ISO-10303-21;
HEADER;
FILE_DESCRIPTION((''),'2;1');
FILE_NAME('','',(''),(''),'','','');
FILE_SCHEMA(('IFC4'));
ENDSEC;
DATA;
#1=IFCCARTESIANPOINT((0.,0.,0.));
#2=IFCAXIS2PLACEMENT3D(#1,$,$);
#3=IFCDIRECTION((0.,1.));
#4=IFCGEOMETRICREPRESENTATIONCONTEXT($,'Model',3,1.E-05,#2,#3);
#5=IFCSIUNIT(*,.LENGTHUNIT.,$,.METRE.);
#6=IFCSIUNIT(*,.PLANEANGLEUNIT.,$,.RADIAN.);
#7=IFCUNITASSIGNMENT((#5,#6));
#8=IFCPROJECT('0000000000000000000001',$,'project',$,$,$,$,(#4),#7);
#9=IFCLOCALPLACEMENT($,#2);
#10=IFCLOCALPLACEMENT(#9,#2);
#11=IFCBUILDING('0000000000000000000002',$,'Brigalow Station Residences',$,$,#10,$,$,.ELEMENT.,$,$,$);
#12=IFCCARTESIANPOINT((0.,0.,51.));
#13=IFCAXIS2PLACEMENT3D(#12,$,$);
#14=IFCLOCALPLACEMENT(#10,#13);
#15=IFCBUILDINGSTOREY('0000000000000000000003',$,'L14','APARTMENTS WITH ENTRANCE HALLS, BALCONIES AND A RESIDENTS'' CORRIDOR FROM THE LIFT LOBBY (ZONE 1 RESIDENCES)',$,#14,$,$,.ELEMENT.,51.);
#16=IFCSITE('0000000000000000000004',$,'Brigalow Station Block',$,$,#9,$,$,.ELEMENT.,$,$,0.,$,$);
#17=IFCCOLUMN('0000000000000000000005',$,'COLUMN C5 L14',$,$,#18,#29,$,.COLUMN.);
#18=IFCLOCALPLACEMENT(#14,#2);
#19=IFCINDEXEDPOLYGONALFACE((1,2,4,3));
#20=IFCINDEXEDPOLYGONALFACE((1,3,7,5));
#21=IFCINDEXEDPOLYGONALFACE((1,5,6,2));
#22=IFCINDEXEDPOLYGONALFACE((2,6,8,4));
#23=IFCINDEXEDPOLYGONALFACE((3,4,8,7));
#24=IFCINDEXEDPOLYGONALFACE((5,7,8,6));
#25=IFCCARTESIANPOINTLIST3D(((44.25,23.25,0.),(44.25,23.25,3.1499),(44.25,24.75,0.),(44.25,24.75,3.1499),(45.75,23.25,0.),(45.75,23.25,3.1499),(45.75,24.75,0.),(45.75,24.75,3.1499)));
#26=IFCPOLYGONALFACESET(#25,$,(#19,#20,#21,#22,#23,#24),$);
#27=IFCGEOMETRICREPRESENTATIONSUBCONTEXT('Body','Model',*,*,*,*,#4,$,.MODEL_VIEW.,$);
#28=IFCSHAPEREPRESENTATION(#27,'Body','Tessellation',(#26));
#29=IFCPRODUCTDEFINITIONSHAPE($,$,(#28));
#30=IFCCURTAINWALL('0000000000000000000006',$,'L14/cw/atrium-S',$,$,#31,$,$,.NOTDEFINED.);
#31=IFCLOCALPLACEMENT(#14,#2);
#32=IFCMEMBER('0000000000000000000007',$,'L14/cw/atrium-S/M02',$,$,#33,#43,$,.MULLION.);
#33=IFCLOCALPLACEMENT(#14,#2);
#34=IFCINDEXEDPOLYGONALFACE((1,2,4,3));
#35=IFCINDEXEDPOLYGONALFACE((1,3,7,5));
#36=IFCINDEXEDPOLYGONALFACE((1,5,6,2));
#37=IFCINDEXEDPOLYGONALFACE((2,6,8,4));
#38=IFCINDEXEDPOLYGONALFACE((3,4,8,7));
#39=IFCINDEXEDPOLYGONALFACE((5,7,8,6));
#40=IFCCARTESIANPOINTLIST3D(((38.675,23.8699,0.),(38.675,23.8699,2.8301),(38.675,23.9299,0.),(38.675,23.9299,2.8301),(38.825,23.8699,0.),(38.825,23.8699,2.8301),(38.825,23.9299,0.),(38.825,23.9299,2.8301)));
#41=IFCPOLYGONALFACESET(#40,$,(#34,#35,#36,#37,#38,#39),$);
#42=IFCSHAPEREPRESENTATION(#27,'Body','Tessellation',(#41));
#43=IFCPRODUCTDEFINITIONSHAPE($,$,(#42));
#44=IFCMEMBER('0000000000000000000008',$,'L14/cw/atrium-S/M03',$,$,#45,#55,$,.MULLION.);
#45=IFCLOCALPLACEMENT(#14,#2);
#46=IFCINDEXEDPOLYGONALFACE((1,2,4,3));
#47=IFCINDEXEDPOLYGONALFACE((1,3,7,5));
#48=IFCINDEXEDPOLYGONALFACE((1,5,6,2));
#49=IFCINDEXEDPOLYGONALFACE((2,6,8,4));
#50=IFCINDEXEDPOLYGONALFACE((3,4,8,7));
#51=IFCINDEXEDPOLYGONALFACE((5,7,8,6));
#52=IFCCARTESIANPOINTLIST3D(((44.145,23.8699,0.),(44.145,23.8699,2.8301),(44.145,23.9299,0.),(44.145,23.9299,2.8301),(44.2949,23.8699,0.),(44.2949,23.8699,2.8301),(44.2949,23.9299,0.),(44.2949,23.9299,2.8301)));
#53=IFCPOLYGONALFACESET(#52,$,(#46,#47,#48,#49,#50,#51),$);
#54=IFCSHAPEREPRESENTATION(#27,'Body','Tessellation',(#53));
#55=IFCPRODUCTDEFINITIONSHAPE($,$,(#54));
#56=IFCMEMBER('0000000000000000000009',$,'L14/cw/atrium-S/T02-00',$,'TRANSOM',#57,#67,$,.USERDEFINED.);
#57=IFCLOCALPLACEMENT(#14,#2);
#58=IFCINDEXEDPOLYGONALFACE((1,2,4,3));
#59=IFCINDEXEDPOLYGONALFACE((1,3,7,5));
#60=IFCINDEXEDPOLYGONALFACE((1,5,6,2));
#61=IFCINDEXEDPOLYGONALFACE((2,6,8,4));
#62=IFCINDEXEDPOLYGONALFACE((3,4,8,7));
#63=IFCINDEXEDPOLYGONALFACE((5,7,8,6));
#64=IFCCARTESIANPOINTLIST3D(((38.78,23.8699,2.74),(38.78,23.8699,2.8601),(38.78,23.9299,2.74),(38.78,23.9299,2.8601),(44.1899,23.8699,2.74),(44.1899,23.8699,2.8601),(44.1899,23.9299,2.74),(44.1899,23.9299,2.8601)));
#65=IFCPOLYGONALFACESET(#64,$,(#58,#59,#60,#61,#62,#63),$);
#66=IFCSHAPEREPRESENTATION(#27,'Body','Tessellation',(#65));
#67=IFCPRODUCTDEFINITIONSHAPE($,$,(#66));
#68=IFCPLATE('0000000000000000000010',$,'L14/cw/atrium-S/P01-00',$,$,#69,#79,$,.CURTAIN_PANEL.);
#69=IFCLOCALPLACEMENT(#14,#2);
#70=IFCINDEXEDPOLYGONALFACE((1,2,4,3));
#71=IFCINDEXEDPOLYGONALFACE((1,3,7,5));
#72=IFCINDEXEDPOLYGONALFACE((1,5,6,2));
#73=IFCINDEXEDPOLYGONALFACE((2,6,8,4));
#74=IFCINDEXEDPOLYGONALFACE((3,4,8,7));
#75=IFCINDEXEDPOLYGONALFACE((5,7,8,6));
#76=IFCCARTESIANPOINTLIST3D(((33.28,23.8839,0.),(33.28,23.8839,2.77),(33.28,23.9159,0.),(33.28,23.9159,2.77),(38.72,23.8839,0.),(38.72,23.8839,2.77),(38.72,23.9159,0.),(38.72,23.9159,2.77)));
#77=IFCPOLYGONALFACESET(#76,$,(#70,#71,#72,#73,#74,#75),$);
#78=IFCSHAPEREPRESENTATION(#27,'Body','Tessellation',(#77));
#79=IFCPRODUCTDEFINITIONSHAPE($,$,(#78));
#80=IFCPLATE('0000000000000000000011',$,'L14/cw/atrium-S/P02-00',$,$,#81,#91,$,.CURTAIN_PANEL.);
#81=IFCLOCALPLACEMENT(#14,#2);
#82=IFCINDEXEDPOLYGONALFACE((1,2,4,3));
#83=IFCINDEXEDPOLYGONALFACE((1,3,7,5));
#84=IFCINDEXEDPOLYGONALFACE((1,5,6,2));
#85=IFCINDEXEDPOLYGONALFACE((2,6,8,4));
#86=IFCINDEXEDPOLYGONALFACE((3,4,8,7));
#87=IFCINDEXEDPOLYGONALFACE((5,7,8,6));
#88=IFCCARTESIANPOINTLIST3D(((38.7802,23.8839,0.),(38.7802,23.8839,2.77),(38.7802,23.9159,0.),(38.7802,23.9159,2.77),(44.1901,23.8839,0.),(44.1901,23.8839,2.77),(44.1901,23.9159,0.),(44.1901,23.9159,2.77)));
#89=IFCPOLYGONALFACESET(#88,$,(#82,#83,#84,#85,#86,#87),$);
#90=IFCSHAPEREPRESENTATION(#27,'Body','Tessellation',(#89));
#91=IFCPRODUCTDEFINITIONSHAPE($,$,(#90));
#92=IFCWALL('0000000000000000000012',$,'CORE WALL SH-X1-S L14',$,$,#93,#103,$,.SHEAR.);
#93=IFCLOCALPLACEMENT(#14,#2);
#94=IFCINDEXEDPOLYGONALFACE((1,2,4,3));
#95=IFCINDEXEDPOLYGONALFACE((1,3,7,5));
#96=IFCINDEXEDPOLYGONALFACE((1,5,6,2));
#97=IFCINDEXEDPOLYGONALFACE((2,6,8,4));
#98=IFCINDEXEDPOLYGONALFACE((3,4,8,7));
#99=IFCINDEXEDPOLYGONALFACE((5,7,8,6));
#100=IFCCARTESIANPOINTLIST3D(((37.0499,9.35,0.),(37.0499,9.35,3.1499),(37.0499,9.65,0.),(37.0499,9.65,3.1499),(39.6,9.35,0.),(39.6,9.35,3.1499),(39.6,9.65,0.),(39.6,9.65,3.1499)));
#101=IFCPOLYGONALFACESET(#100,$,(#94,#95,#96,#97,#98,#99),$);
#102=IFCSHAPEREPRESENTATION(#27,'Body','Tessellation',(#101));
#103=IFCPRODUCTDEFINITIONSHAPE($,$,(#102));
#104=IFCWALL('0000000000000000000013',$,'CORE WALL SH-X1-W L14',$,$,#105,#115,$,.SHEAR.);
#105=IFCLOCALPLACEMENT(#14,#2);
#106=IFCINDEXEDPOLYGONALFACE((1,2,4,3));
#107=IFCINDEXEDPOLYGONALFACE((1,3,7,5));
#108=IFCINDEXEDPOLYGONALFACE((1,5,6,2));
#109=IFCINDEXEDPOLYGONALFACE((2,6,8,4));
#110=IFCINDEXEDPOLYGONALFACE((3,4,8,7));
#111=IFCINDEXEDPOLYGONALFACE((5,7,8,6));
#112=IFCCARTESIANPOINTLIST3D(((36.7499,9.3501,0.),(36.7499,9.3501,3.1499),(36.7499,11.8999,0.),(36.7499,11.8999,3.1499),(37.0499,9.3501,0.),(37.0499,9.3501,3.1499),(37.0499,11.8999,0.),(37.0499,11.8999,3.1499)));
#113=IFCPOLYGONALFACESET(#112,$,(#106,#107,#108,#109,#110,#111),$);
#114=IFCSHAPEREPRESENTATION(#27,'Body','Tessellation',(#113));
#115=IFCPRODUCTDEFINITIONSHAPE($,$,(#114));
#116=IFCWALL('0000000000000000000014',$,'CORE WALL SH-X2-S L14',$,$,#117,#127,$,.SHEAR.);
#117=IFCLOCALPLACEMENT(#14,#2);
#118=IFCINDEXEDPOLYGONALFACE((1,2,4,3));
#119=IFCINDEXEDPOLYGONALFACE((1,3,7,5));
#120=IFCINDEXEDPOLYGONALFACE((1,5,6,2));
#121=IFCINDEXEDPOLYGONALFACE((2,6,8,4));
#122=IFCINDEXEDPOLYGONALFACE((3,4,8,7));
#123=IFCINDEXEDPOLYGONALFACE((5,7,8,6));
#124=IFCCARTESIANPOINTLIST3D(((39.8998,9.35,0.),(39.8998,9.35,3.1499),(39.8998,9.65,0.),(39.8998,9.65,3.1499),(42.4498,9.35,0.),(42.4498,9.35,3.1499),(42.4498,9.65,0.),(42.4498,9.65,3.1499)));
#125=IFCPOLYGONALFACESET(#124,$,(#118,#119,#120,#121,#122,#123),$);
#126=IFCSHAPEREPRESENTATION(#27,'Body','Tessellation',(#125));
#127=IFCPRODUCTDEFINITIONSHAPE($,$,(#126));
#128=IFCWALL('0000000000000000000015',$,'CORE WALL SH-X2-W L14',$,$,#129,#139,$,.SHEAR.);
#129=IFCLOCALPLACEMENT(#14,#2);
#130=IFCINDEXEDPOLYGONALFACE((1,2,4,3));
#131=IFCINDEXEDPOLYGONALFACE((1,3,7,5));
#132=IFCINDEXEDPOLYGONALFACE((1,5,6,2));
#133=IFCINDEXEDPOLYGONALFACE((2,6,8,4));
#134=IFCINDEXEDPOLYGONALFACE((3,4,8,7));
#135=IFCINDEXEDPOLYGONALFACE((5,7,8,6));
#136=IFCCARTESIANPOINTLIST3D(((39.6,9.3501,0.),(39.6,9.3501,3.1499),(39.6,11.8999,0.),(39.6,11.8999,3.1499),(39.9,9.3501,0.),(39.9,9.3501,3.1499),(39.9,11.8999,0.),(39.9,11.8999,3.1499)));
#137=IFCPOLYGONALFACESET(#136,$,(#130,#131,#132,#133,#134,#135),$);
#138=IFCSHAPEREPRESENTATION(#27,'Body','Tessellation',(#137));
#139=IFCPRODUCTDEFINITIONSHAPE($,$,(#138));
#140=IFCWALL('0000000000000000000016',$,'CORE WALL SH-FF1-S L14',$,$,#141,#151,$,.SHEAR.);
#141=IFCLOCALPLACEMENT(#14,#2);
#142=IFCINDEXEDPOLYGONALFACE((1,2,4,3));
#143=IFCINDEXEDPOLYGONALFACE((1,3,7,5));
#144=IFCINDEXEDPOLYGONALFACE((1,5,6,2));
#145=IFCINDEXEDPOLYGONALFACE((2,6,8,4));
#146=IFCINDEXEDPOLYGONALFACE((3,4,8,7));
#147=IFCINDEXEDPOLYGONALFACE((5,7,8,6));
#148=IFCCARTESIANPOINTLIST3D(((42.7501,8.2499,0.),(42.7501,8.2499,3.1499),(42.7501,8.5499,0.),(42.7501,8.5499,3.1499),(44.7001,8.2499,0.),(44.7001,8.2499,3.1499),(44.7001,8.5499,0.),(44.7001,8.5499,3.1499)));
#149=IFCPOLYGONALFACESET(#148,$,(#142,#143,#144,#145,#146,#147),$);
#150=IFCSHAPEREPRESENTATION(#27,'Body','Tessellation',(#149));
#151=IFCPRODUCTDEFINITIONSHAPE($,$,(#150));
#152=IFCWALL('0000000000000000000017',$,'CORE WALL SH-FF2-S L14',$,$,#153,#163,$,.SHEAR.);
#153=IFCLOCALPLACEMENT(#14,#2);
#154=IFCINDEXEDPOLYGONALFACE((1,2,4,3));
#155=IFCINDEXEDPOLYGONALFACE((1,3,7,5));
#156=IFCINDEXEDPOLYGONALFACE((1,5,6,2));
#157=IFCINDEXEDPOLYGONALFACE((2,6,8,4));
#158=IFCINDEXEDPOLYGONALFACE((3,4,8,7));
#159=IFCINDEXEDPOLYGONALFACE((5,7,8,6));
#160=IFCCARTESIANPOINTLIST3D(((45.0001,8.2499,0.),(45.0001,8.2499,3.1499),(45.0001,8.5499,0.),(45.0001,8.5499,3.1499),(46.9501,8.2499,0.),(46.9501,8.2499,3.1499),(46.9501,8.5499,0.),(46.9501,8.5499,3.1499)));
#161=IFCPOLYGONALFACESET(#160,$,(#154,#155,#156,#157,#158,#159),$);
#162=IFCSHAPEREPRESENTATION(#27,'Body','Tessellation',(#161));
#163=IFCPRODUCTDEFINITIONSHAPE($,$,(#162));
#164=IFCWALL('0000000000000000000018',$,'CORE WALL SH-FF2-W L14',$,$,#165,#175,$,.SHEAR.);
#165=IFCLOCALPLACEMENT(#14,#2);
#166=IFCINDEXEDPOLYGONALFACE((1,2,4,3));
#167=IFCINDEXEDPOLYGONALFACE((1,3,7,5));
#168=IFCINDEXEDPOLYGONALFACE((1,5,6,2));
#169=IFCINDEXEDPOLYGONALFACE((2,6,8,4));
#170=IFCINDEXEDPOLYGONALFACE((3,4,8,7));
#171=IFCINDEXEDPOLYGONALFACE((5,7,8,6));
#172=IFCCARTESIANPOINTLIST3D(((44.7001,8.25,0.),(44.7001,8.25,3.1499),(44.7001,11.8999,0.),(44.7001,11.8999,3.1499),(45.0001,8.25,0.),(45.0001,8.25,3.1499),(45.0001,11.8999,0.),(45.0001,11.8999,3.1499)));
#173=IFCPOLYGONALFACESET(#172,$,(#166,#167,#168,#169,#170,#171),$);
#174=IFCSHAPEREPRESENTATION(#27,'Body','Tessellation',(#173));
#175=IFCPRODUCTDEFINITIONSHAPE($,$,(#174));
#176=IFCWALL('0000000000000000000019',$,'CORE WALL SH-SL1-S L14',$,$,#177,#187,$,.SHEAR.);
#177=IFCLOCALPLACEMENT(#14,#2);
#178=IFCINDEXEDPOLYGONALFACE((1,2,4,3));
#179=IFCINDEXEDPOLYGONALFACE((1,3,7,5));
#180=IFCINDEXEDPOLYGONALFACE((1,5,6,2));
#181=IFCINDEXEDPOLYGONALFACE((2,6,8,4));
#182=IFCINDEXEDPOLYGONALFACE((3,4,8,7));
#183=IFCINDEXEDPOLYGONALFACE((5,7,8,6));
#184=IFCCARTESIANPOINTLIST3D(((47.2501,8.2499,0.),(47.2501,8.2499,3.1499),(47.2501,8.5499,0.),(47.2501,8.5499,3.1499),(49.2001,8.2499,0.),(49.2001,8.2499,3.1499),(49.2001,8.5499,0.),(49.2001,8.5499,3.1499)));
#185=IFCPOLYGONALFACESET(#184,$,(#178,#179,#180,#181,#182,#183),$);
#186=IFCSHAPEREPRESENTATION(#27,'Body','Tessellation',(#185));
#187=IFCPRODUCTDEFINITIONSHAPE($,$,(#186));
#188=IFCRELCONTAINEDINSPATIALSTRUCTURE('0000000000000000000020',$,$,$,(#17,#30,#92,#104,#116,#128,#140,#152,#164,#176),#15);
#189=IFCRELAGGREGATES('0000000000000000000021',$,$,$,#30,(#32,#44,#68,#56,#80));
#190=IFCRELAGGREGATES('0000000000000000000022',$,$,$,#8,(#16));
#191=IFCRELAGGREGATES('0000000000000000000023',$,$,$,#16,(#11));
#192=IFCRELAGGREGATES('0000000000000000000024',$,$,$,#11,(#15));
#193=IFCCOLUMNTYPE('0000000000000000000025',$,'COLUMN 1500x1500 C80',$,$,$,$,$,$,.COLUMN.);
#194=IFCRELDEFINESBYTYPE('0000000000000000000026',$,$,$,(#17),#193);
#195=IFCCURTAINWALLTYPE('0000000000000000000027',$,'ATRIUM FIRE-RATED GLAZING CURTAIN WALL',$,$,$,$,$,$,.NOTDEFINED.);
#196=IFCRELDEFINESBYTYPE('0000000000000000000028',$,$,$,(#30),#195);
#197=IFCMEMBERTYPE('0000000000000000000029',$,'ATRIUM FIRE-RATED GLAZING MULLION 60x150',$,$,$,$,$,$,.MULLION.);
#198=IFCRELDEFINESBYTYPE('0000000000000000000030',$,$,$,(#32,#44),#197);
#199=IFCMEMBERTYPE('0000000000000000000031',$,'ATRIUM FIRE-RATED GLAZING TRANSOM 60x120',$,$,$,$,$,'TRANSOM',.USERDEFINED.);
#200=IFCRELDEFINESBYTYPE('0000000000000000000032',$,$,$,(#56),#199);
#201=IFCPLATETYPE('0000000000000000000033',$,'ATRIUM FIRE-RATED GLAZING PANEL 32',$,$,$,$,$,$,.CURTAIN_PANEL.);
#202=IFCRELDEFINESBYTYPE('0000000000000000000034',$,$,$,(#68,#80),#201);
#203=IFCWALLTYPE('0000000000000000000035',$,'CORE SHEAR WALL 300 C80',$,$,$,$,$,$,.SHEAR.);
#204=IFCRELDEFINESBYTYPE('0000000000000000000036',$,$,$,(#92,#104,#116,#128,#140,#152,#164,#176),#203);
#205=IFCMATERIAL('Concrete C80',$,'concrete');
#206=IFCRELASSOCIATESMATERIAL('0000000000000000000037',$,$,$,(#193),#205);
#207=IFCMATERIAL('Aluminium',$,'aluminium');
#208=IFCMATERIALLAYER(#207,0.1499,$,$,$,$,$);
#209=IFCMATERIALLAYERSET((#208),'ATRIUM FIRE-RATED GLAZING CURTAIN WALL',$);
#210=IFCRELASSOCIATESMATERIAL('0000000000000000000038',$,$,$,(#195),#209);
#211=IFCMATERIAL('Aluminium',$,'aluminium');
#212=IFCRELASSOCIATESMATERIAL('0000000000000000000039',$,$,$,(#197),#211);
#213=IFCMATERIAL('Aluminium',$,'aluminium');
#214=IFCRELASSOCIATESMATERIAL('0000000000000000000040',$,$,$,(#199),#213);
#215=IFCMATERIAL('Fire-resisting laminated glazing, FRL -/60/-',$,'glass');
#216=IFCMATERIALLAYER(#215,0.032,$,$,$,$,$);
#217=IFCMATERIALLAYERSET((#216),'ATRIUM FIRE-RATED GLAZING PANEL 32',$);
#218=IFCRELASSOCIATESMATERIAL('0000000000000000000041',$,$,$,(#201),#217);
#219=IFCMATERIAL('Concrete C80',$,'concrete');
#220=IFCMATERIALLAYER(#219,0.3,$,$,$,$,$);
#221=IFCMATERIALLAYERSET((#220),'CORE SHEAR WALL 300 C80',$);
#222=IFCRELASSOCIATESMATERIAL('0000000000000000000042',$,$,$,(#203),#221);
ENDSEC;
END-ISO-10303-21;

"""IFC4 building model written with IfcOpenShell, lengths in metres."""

from ifc_helpers import new_model, si_unit, direction, frame, frame_2d, origin, origin_2d, place, context, subcontext, project, spatial, rectangle, extrude, material, layer, layer_set, material_profile, profile_set, type_object, element, aggregate, save


model = new_model("IFC4")

# Units and contexts
model_context = context("Model", 3, precision=1e-05, world=origin(), true_north=direction((0.0, 1.0)))
body_context = subcontext(model_context, "Body", "Model", "MODEL_VIEW")
ifc_project = project(units=[si_unit("LENGTHUNIT", "METRE"), si_unit("PLANEANGLEUNIT", "RADIAN")], contexts=[model_context])

# Site, building, storey
site_placement = place(None, origin())
site = spatial("IfcSite", under=ifc_project, at=site_placement, Name="Brigalow Station Block", CompositionType="ELEMENT", RefElevation=0.0)
building_placement = place(site_placement, origin())
building = spatial("IfcBuilding", under=site, at=building_placement, Name="Brigalow Station Residences", CompositionType="ELEMENT")
storey_placement = place(building_placement, frame((0.0, 0.0, 51.0)))
storey = spatial("IfcBuildingStorey", under=building, at=storey_placement, Name="L14", Description="APARTMENTS WITH ENTRANCE HALLS, BALCONIES AND A RESIDENTS' CORRIDOR FROM THE LIFT LOBBY (ZONE 1 RESIDENCES)", CompositionType="ELEMENT", Elevation=51.0)

# Column
ifc_material_1 = material(Name="Concrete C80", Category="concrete")
ifc_material_profile_1 = material_profile(ifc_material_1, rectangle(XDim=1.5, YDim=1.5, at=origin_2d()), Name="RC1500x1500")
ifc_profile_set_1 = profile_set([ifc_material_profile_1], Name="Concrete C80")
column_type = type_object("IfcColumnType", Name="COLUMN 1500x1500 C80", PredefinedType="COLUMN", material=ifc_profile_set_1)
column_placement = place(storey_placement, frame((45.0, 24.0, 0.0), z_axis=(0.0, 0.0, 1.0), x_axis=(1.0, 0.0, 0.0)))
element("IfcColumn", 1, at=column_placement, inside=storey, type_object=column_type, Name="COLUMN C5 L14", PredefinedType="COLUMN", context=body_context, shape_type="SweptSolid", body=[
    extrude(rectangle(XDim=1.5, YDim=1.5, at=origin_2d()), origin(), (0.0, 0.0, 1.0), 3.1499),
])

# Curtain wall, members, plates
ifc_material_2 = material(Name="Aluminium", Category="aluminium")
ifc_layer_1 = layer(ifc_material_2, 0.1499)
ifc_layer_set_1 = layer_set([ifc_layer_1], Name="ATRIUM FIRE-RATED GLAZING CURTAIN WALL")
curtain_wall_type = type_object("IfcCurtainWallType", Name="ATRIUM FIRE-RATED GLAZING CURTAIN WALL", PredefinedType="NOTDEFINED", material=ifc_layer_set_1)
curtain_wall_placement = place(storey_placement, origin())
curtain_wall = element("IfcCurtainWall", 2, at=curtain_wall_placement, inside=storey, type_object=curtain_wall_type, Name="L14/cw/atrium-S", PredefinedType="NOTDEFINED")
ifc_material_3 = material(Name="Aluminium", Category="aluminium")
ifc_material_profile_2 = material_profile(ifc_material_3, rectangle(XDim=0.0601, YDim=0.1499, at=origin_2d()), Name="ATRIUM FIRE-RATED GLAZING MULLION 60x150")
ifc_profile_set_2 = profile_set([ifc_material_profile_2], Name="Aluminium")
member_type_1 = type_object("IfcMemberType", Name="ATRIUM FIRE-RATED GLAZING MULLION 60x150", PredefinedType="MULLION", material=ifc_profile_set_2)
member_1_placement = place(storey_placement, frame((38.75, 23.8999, 0.0), z_axis=(0.0, 0.0, 1.0), x_axis=(0.0, 1.0, 0.0)))
member_1 = element("IfcMember", 3, at=member_1_placement, type_object=member_type_1, Name="L14/cw/atrium-S/M02", PredefinedType="MULLION", context=body_context, shape_type="SweptSolid", body=[
    extrude(rectangle(XDim=0.0601, YDim=0.1499, at=origin_2d()), origin(), (0.0, 0.0, 1.0), 2.8301),
])
member_2_placement = place(storey_placement, frame((44.22, 23.8999, 0.0), z_axis=(0.0, 0.0, 1.0), x_axis=(0.0, 1.0, 0.0)))
member_2 = element("IfcMember", 4, at=member_2_placement, type_object=member_type_1, Name="L14/cw/atrium-S/M03", PredefinedType="MULLION", context=body_context, shape_type="SweptSolid", body=[
    extrude(rectangle(XDim=0.0601, YDim=0.1499, at=origin_2d()), origin(), (0.0, 0.0, 1.0), 2.8301),
])
ifc_material_4 = material(Name="Aluminium", Category="aluminium")
ifc_material_profile_3 = material_profile(ifc_material_4, rectangle(XDim=0.0601, YDim=0.1201, at=origin_2d()), Name="ATRIUM FIRE-RATED GLAZING TRANSOM 60x120")
ifc_profile_set_3 = profile_set([ifc_material_profile_3], Name="Aluminium")
member_type_2 = type_object("IfcMemberType", Name="ATRIUM FIRE-RATED GLAZING TRANSOM 60x120", ElementType="TRANSOM", PredefinedType="USERDEFINED", material=ifc_profile_set_3)
member_3_placement = place(storey_placement, frame((38.78, 23.8999, 2.8), z_axis=(1.0, 0.0, 0.0), x_axis=(0.0, 1.0, 0.0)))
member_3 = element("IfcMember", 5, at=member_3_placement, type_object=member_type_2, Name="L14/cw/atrium-S/T02-00", ObjectType="TRANSOM", PredefinedType="USERDEFINED", context=body_context, shape_type="SweptSolid", body=[
    extrude(rectangle(XDim=0.0601, YDim=0.1201, at=origin_2d()), origin(), (0.0, 0.0, 1.0), 5.4099),
])
ifc_material_5 = material(Name="Fire-resisting laminated glazing, FRL -/60/-", Category="glass")
ifc_layer_2 = layer(ifc_material_5, 0.032)
ifc_layer_set_2 = layer_set([ifc_layer_2], Name="ATRIUM FIRE-RATED GLAZING PANEL 32")
plate_type = type_object("IfcPlateType", Name="ATRIUM FIRE-RATED GLAZING PANEL 32", PredefinedType="CURTAIN_PANEL", material=ifc_layer_set_2)
plate_1_placement = place(storey_placement, frame((36.0, 23.8999, 0.0), z_axis=(0.0, 0.0, 1.0), x_axis=(1.0, 0.0, 0.0)))
plate_1 = element("IfcPlate", 6, at=plate_1_placement, type_object=plate_type, Name="L14/cw/atrium-S/P01-00", PredefinedType="CURTAIN_PANEL", context=body_context, shape_type="SweptSolid", body=[
    extrude(rectangle(XDim=5.4399, YDim=0.032, at=origin_2d()), origin(), (0.0, 0.0, 1.0), 2.77),
])
plate_2_placement = place(storey_placement, frame((41.4851, 23.8999, 0.0), z_axis=(0.0, 0.0, 1.0), x_axis=(1.0, 0.0, 0.0)))
plate_2 = element("IfcPlate", 7, at=plate_2_placement, type_object=plate_type, Name="L14/cw/atrium-S/P02-00", PredefinedType="CURTAIN_PANEL", context=body_context, shape_type="SweptSolid", body=[
    extrude(rectangle(XDim=5.4099, YDim=0.032, at=origin_2d()), origin(), (0.0, 0.0, 1.0), 2.77),
])
aggregate(curtain_wall, [member_1, member_2, plate_1, member_3, plate_2])

# Walls
ifc_material_6 = material(Name="Concrete C80", Category="concrete")
ifc_layer_3 = layer(ifc_material_6, 0.3)
ifc_layer_set_3 = layer_set([ifc_layer_3], Name="CORE SHEAR WALL 300 C80")
wall_type_1 = type_object("IfcWallType", Name="CORE SHEAR WALL 300 C80", PredefinedType="SHEAR", material=ifc_layer_set_3)
wall_1_placement = place(storey_placement, frame((37.05, 9.5, 0.0), z_axis=(0.0, 0.0, 1.0), x_axis=(1.0, 0.0, 0.0)))
element("IfcWall", 8, at=wall_1_placement, inside=storey, type_object=wall_type_1, Name="CORE WALL SH-X1-S L14", PredefinedType="SHEAR", context=body_context, shape_type="SweptSolid", body=[
    extrude(rectangle(XDim=2.55, YDim=0.3, at=frame_2d((1.2749, 0.0))), origin(), (0.0, 0.0, 1.0), 3.1499),
])
wall_2_placement = place(storey_placement, frame((36.8999, 9.3501, 0.0), z_axis=(0.0, 0.0, 1.0), x_axis=(0.0, 1.0, 0.0)))
element("IfcWall", 9, at=wall_2_placement, inside=storey, type_object=wall_type_1, Name="CORE WALL SH-X1-W L14", PredefinedType="SHEAR", context=body_context, shape_type="SweptSolid", body=[
    extrude(rectangle(XDim=2.5498, YDim=0.3, at=frame_2d((1.2749, 0.0))), origin(), (0.0, 0.0, 1.0), 3.1499),
])
wall_3_placement = place(storey_placement, frame((39.8999, 9.5, 0.0), z_axis=(0.0, 0.0, 1.0), x_axis=(1.0, 0.0, 0.0)))
element("IfcWall", 10, at=wall_3_placement, inside=storey, type_object=wall_type_1, Name="CORE WALL SH-X2-S L14", PredefinedType="SHEAR", context=body_context, shape_type="SweptSolid", body=[
    extrude(rectangle(XDim=2.55, YDim=0.3, at=frame_2d((1.2749, 0.0))), origin(), (0.0, 0.0, 1.0), 3.1499),
])
wall_4_placement = place(storey_placement, frame((39.75, 9.3501, 0.0), z_axis=(0.0, 0.0, 1.0), x_axis=(0.0, 1.0, 0.0)))
element("IfcWall", 11, at=wall_4_placement, inside=storey, type_object=wall_type_1, Name="CORE WALL SH-X2-W L14", PredefinedType="SHEAR", context=body_context, shape_type="SweptSolid", body=[
    extrude(rectangle(XDim=2.5498, YDim=0.3, at=frame_2d((1.2749, 0.0))), origin(), (0.0, 0.0, 1.0), 3.1499),
])
for number, where, z_axis, x_axis, name in (
    (12, (42.75, 8.3999, 0.0), (0.0, 0.0, 1.0), (1.0, 0.0, 0.0), "CORE WALL SH-FF1-S L14"),
    (13, (45.0, 8.3999, 0.0), (0.0, 0.0, 1.0), (1.0, 0.0, 0.0), "CORE WALL SH-FF2-S L14"),
):
    element("IfcWall", number, at=place(storey_placement, frame(where, z_axis=z_axis, x_axis=x_axis)), inside=storey, type_object=wall_type_1, Name=name, PredefinedType="SHEAR", context=body_context, shape_type="SweptSolid", body=[
        extrude(rectangle(XDim=1.95, YDim=0.3, at=frame_2d((0.9751, 0.0))), origin(), (0.0, 0.0, 1.0), 3.1499),
    ])
wall_5_placement = place(storey_placement, frame((44.8501, 8.25, 0.0), z_axis=(0.0, 0.0, 1.0), x_axis=(0.0, 1.0, 0.0)))
element("IfcWall", 14, at=wall_5_placement, inside=storey, type_object=wall_type_1, Name="CORE WALL SH-FF2-W L14", PredefinedType="SHEAR", context=body_context, shape_type="SweptSolid", body=[
    extrude(rectangle(XDim=3.6499, YDim=0.3, at=frame_2d((1.825, 0.0))), origin(), (0.0, 0.0, 1.0), 3.1499),
])
wall_6_placement = place(storey_placement, frame((47.25, 8.3999, 0.0), z_axis=(0.0, 0.0, 1.0), x_axis=(1.0, 0.0, 0.0)))
element("IfcWall", 15, at=wall_6_placement, inside=storey, type_object=wall_type_1, Name="CORE WALL SH-SL1-S L14", PredefinedType="SHEAR", context=body_context, shape_type="SweptSolid", body=[
    extrude(rectangle(XDim=1.95, YDim=0.3, at=frame_2d((0.9751, 0.0))), origin(), (0.0, 0.0, 1.0), 3.1499),
])

save(model, "model.ifc")
